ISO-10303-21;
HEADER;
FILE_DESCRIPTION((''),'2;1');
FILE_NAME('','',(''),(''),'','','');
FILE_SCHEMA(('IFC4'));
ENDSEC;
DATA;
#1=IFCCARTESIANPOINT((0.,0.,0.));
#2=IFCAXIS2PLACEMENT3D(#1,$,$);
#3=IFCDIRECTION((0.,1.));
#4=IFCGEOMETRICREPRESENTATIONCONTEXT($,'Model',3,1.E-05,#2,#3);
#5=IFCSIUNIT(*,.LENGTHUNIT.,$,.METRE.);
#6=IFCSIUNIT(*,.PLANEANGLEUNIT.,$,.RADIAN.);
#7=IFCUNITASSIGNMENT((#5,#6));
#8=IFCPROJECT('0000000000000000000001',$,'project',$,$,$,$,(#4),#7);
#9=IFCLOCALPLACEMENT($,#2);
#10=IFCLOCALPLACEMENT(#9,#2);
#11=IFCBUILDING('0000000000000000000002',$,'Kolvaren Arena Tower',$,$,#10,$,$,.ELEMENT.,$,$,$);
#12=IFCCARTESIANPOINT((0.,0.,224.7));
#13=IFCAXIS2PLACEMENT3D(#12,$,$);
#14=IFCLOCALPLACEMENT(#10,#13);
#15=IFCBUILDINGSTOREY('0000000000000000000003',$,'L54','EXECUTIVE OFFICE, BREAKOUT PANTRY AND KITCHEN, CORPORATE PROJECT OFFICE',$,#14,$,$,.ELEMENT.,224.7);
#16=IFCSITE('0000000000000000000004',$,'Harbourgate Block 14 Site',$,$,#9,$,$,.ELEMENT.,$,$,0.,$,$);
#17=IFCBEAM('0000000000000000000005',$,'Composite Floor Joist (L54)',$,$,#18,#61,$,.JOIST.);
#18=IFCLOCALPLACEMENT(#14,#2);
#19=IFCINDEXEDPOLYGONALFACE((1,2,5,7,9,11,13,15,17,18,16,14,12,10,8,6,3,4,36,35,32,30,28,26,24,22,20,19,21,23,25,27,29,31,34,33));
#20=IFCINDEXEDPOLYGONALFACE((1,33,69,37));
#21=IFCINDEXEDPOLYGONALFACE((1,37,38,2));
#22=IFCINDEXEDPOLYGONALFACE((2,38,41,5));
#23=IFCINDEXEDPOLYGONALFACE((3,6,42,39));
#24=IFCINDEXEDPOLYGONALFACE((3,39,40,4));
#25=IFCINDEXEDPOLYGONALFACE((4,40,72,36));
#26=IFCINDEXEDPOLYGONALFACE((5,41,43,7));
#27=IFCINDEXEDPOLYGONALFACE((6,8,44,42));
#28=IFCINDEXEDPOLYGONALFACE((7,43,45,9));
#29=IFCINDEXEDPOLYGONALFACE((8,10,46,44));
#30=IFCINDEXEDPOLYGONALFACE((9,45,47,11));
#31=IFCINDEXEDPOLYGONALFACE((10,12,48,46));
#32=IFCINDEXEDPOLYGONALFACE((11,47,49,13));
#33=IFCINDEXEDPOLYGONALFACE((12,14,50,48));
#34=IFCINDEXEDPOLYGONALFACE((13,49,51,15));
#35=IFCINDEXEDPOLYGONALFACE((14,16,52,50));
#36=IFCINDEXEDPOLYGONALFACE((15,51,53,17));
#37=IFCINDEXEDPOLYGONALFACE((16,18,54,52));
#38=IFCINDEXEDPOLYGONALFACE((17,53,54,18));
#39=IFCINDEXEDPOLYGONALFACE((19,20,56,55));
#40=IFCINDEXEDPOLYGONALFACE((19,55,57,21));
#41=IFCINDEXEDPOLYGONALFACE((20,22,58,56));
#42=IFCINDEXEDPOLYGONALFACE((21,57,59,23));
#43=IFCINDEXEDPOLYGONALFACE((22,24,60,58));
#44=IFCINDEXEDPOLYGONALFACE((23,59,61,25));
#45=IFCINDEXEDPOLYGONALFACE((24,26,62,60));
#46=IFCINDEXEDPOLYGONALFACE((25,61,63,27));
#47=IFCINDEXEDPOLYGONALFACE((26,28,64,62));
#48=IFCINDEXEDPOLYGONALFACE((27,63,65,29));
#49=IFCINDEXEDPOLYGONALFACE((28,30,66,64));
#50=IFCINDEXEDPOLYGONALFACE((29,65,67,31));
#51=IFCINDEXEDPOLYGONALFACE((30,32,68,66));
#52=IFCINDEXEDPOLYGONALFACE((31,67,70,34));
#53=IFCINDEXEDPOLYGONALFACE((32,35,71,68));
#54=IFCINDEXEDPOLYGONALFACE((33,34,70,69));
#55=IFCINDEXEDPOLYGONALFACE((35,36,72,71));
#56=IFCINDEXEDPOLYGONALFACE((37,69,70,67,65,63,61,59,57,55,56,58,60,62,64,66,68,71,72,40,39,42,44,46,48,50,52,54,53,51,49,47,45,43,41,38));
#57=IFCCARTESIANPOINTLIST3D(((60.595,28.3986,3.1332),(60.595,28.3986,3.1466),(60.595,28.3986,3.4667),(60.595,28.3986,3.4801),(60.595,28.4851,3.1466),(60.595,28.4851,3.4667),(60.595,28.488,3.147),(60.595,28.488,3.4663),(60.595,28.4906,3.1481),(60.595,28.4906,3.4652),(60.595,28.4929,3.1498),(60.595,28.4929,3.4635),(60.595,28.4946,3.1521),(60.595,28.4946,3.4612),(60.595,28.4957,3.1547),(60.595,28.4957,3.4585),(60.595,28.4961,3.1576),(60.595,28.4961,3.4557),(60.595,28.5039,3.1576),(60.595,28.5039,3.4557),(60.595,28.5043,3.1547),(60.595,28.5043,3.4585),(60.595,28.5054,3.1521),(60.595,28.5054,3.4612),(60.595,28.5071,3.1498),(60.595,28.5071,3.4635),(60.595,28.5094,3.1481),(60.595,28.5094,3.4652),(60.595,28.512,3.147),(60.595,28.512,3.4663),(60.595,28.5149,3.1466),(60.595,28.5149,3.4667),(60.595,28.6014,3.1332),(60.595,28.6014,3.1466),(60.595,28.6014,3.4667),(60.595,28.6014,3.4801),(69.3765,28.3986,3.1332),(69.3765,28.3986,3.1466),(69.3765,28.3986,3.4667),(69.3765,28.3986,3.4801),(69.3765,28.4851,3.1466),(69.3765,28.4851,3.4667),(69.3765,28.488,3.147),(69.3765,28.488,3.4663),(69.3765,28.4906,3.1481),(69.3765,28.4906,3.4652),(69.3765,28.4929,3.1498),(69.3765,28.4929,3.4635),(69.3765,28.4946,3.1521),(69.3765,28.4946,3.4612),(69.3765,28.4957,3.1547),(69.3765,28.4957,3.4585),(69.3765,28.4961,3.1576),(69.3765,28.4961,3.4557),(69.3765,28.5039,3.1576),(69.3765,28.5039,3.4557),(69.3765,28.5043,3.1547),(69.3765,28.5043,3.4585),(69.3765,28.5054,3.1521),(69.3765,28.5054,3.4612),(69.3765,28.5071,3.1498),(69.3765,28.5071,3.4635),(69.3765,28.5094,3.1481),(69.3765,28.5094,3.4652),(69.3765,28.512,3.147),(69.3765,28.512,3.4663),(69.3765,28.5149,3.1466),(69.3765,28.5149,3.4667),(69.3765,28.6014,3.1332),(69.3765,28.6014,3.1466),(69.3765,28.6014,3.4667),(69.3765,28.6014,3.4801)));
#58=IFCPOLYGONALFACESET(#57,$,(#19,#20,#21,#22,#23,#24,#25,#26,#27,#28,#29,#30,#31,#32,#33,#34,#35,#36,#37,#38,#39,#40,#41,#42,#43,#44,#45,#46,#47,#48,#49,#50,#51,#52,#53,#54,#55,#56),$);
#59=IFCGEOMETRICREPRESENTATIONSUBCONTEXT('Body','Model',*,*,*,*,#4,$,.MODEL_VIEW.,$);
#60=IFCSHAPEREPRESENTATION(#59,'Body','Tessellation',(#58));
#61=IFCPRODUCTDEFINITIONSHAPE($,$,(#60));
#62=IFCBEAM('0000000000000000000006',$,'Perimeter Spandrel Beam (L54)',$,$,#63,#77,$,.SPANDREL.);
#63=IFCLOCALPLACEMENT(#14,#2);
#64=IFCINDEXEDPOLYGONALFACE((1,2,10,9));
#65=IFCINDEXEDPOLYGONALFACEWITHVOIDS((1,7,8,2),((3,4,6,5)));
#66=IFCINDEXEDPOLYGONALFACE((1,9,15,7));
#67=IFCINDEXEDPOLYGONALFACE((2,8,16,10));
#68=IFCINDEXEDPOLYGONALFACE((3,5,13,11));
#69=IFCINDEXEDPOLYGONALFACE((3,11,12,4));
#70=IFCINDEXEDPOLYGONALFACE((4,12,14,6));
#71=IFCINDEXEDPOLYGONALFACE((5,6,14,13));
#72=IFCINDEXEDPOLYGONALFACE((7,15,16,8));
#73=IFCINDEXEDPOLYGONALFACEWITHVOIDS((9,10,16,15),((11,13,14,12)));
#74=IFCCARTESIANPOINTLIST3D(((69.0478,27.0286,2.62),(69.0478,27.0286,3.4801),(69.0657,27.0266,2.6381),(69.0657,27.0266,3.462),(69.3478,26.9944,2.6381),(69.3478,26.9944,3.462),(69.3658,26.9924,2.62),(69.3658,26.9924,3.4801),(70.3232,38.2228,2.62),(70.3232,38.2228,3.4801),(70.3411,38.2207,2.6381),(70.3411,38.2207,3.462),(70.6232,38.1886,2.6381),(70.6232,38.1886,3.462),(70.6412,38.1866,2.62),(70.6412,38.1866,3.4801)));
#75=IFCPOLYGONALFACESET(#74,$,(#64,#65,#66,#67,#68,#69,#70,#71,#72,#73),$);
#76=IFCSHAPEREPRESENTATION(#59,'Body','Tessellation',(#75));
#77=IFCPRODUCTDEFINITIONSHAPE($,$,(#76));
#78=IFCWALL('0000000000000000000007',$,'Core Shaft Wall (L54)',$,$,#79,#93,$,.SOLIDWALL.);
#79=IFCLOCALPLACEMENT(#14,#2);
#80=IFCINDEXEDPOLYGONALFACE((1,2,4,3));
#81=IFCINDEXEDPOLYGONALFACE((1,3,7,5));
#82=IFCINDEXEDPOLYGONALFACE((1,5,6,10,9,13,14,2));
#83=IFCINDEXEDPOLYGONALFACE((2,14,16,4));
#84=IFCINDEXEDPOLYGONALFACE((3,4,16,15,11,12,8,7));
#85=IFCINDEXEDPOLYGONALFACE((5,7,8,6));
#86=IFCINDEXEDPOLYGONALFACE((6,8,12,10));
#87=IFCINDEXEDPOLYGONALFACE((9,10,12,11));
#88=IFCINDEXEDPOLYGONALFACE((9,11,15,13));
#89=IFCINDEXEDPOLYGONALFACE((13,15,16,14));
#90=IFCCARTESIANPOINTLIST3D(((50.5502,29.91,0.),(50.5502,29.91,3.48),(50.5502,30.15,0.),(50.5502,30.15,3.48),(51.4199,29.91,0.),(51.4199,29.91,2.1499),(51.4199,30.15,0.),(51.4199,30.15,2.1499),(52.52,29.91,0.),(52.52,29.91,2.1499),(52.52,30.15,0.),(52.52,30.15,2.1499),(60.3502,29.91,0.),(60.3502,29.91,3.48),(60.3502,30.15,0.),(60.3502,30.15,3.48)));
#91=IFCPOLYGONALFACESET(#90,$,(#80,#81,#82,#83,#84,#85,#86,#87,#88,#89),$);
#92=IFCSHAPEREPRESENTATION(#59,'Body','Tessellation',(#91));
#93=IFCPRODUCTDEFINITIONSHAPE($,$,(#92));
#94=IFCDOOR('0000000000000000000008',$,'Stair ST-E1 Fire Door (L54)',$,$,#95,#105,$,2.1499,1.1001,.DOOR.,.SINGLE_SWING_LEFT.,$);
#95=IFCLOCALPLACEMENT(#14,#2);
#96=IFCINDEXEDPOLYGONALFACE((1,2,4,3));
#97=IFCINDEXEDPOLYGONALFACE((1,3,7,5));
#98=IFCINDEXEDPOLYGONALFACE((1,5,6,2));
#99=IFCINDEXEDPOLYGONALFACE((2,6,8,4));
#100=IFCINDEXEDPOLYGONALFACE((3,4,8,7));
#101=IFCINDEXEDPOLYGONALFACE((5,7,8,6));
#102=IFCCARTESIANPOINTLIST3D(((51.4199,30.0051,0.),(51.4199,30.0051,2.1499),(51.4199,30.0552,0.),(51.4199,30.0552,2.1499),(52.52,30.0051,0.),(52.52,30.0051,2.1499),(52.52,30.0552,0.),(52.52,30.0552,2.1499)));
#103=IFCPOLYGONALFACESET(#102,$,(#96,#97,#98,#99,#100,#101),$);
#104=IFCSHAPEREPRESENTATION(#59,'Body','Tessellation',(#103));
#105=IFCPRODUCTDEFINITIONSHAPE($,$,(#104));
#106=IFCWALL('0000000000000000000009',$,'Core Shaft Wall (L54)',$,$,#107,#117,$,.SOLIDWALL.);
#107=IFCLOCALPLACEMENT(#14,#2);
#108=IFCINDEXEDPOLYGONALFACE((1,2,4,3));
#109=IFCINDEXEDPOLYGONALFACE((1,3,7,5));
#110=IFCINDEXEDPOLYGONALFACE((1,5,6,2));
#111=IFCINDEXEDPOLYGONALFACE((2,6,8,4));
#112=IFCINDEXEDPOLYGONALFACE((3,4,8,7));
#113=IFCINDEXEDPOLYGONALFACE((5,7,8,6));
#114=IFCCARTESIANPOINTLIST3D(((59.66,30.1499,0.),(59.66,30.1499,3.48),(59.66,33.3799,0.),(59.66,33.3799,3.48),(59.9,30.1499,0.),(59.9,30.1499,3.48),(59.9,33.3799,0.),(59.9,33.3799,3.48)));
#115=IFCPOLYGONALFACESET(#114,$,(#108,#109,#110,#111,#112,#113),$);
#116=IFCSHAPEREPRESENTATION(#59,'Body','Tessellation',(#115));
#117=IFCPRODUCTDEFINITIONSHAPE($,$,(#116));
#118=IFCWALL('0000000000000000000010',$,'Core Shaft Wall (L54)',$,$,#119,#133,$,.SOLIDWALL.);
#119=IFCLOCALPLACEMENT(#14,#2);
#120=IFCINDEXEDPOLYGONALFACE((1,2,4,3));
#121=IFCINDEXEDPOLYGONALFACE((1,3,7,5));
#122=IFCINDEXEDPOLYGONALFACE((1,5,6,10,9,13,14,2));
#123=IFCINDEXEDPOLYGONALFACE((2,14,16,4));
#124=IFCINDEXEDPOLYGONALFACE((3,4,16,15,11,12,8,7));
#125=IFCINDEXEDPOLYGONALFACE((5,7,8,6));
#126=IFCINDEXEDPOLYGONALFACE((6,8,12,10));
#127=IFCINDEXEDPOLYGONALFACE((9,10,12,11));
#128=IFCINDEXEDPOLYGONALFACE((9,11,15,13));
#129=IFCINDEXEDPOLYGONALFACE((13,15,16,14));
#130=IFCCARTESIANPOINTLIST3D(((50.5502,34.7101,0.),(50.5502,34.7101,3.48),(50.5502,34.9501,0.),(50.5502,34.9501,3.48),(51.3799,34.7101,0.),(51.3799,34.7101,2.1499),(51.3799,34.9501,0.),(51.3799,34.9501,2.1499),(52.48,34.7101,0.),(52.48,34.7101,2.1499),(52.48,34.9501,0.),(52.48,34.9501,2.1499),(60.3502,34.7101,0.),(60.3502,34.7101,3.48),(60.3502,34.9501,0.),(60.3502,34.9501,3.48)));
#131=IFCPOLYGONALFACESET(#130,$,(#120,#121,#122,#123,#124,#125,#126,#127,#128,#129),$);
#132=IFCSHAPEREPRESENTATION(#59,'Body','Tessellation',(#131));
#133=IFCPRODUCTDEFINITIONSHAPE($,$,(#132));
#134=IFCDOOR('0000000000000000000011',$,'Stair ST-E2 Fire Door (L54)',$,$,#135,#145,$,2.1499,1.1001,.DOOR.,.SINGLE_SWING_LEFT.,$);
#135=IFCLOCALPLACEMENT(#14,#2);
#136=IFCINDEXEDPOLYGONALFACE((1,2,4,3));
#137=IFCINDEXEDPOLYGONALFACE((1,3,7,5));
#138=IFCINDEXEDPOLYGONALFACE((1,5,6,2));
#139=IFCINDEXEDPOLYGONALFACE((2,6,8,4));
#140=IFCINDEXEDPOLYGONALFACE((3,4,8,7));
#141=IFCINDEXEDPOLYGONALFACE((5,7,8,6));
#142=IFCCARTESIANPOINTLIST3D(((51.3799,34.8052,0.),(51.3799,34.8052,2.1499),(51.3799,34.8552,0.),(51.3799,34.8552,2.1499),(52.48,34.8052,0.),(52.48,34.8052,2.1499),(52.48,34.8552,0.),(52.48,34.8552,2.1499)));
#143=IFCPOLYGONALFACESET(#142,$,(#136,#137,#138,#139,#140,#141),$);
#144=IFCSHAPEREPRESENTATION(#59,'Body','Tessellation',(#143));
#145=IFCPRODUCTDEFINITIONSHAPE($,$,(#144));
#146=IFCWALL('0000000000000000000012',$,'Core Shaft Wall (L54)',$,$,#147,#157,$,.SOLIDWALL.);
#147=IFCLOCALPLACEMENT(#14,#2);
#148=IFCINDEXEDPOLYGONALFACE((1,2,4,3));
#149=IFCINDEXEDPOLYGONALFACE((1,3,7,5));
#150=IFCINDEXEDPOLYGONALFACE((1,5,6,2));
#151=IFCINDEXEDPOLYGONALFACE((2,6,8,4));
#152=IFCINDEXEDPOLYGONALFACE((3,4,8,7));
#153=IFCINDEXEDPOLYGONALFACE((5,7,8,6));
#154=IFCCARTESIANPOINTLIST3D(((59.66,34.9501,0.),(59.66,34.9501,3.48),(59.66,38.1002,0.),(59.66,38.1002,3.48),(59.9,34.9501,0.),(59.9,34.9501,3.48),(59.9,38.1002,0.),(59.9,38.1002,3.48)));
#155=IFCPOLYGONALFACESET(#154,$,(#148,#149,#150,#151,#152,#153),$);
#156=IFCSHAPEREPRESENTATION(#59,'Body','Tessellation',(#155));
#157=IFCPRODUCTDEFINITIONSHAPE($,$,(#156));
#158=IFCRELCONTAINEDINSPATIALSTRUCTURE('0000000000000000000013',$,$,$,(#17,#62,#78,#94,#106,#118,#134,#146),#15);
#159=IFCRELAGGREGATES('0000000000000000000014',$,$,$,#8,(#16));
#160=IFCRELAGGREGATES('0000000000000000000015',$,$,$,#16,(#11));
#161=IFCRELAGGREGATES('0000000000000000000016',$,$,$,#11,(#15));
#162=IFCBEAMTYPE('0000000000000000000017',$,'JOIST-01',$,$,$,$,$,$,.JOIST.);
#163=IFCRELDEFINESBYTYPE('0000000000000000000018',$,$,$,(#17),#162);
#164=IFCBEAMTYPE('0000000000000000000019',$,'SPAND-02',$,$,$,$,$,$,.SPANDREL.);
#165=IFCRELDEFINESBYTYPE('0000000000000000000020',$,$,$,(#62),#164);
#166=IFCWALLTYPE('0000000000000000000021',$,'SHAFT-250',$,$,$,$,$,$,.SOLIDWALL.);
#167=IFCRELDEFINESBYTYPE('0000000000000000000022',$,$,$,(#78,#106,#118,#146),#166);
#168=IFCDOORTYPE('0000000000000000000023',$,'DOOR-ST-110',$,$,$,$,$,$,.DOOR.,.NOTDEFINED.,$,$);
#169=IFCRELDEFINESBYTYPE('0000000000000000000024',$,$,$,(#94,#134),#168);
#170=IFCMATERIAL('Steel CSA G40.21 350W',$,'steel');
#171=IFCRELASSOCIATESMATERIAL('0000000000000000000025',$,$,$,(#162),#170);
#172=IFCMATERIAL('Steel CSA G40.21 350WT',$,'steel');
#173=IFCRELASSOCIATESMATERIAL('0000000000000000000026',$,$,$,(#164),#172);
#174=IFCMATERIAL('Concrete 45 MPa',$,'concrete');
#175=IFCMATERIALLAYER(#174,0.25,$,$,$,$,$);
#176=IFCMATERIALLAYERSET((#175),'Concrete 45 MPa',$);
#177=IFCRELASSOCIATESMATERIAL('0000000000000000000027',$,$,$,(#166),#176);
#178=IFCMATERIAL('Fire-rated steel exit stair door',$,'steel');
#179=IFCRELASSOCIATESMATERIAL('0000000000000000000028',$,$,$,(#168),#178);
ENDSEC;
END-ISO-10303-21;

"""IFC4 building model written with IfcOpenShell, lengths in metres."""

from ifc_helpers import new_model, si_unit, direction, frame, frame_2d, origin, origin_2d, place, context, subcontext, project, spatial, rectangle, hollow_rectangle, i_section, extrude, material, layer, layer_set, material_profile, profile_set, type_object, element, fill, save


model = new_model("IFC4")

# Units and contexts
model_context = context("Model", 3, precision=1e-05, world=origin(), true_north=direction((0.0, 1.0)))
body_context = subcontext(model_context, "Body", "Model", "MODEL_VIEW")
ifc_project = project(units=[si_unit("LENGTHUNIT", "METRE"), si_unit("PLANEANGLEUNIT", "RADIAN")], contexts=[model_context])

# Site, building, storey
site_placement = place(None, origin())
site = spatial("IfcSite", under=ifc_project, at=site_placement, Name="Harbourgate Block 14 Site", CompositionType="ELEMENT", RefElevation=0.0)
building_placement = place(site_placement, origin())
building = spatial("IfcBuilding", under=site, at=building_placement, Name="Kolvaren Arena Tower", CompositionType="ELEMENT")
storey_placement = place(building_placement, frame((0.0, 0.0, 224.7)))
storey = spatial("IfcBuildingStorey", under=building, at=storey_placement, Name="L54", Description="EXECUTIVE OFFICE, BREAKOUT PANTRY AND KITCHEN, CORPORATE PROJECT OFFICE", CompositionType="ELEMENT", Elevation=224.7)

# Beams
ifc_material_1 = material(Name="Steel CSA G40.21 350W", Category="steel")
ifc_material_profile_1 = material_profile(ifc_material_1, i_section(OverallWidth=0.2029, OverallDepth=0.3469, WebThickness=0.0078, FlangeThickness=0.0134, FilletRadius=0.011, at=origin_2d()), Name="W360x64")
ifc_profile_set_1 = profile_set([ifc_material_profile_1], Name="Steel CSA G40.21 350W")
beam_type_1 = type_object("IfcBeamType", Name="JOIST-01", PredefinedType="JOIST", material=ifc_profile_set_1)
beam_1_placement = place(storey_placement, frame((60.595, 28.5, 3.3066), z_axis=(1.0, 0.0, 0.0), x_axis=(0.0, 1.0, 0.0)))
element("IfcBeam", 1, at=beam_1_placement, inside=storey, type_object=beam_type_1, Name="Composite Floor Joist (L54)", PredefinedType="JOIST", context=body_context, shape_type="SweptSolid", body=[
    extrude(i_section(OverallWidth=0.2029, OverallDepth=0.3469, WebThickness=0.0078, FlangeThickness=0.0134, FilletRadius=0.011, at=origin_2d()), origin(), (0.0, 0.0, 1.0), 8.7815),
])
ifc_material_2 = material(Name="Steel CSA G40.21 350WT", Category="steel")
ifc_material_profile_2 = material_profile(ifc_material_2, hollow_rectangle(XDim=0.3201, YDim=0.8601, WallThickness=0.0181, at=origin_2d()), Name="HSS 860x320x18")
ifc_profile_set_2 = profile_set([ifc_material_profile_2], Name="Steel CSA G40.21 350WT")
beam_type_2 = type_object("IfcBeamType", Name="SPAND-02", PredefinedType="SPANDREL", material=ifc_profile_set_2)
beam_2_placement = place(storey_placement, frame((69.2068, 27.0105, 3.05), z_axis=(0.113202, 0.993572, 0.0), x_axis=(-0.993572, 0.113202, 0.0)))
element("IfcBeam", 2, at=beam_2_placement, inside=storey, type_object=beam_type_2, Name="Perimeter Spandrel Beam (L54)", PredefinedType="SPANDREL", context=body_context, shape_type="SweptSolid", body=[
    extrude(hollow_rectangle(XDim=0.3201, YDim=0.8601, WallThickness=0.0181, at=origin_2d()), origin(), (0.0, 0.0, 1.0), 11.2666),
])

# Wall, opening, door
ifc_material_3 = material(Name="Concrete 45 MPa", Category="concrete")
ifc_layer = layer(ifc_material_3, 0.25)
ifc_layer_set = layer_set([ifc_layer], Name="Concrete 45 MPa")
wall_type = type_object("IfcWallType", Name="SHAFT-250", PredefinedType="SOLIDWALL", material=ifc_layer_set)
wall_1_placement = place(storey_placement, frame((60.3501, 30.03, 0.0), z_axis=(0.0, 0.0, 1.0), x_axis=(-1.0, 0.0, 0.0)))
wall_1 = element("IfcWall", 3, at=wall_1_placement, inside=storey, type_object=wall_type, Name="Core Shaft Wall (L54)", PredefinedType="SOLIDWALL", context=body_context, shape_type="SweptSolid", body=[
    extrude(rectangle(XDim=9.8, YDim=0.24, at=frame_2d((4.8999, 0.0))), origin(), (0.0, 0.0, 1.0), 3.48),
])
opening_1_placement = place(wall_1_placement, frame((7.8301, 0.0, 0.0)))
opening_1 = element("IfcOpeningElement", 4, at=opening_1_placement, cuts=wall_1, PredefinedType="OPENING", context=body_context, shape_type="SweptSolid", body=[
    extrude(rectangle(XDim=1.1001, YDim=2.1499, at=frame_2d((0.55, 1.075))), frame((0.0, 0.1299, 0.0), z_axis=(0.0, -1.0, 0.0), x_axis=(1.0, 0.0, 0.0)), (0.0, 0.0, 1.0), 0.26),
])
ifc_material_4 = material(Name="Fire-rated steel exit stair door", Category="steel")
door_type_1 = type_object("IfcDoorType", Name="DOOR-ST-110", OperationType="NOTDEFINED", PredefinedType="DOOR", material=ifc_material_4)
door_1_placement = place(opening_1_placement, origin())
door_1 = element("IfcDoor", 5, at=door_1_placement, inside=storey, type_object=door_type_1, Name="Stair ST-E1 Fire Door (L54)", OperationType="SINGLE_SWING_LEFT", OverallHeight=2.1499, OverallWidth=1.1001, PredefinedType="DOOR", context=body_context, shape_type="SweptSolid", body=[
    extrude(rectangle(XDim=1.1001, YDim=2.1499, at=frame_2d((0.55, 1.075))), frame((0.0, 0.0249, 0.0), z_axis=(0.0, -1.0, 0.0), x_axis=(1.0, 0.0, 0.0)), (0.0, 0.0, 1.0), 0.05),
])
fill(opening_1, door_1)

# Wall
wall_2_placement = place(storey_placement, frame((59.78, 30.1499, 0.0), z_axis=(0.0, 0.0, 1.0), x_axis=(0.0, 1.0, 0.0)))
element("IfcWall", 6, at=wall_2_placement, inside=storey, type_object=wall_type, Name="Core Shaft Wall (L54)", PredefinedType="SOLIDWALL", context=body_context, shape_type="SweptSolid", body=[
    extrude(rectangle(XDim=3.23, YDim=0.24, at=frame_2d((1.615, 0.0))), origin(), (0.0, 0.0, 1.0), 3.48),
])

# Wall, opening, door
wall_3_placement = place(storey_placement, frame((60.3501, 34.8301, 0.0), z_axis=(0.0, 0.0, 1.0), x_axis=(-1.0, 0.0, 0.0)))
wall_3 = element("IfcWall", 7, at=wall_3_placement, inside=storey, type_object=wall_type, Name="Core Shaft Wall (L54)", PredefinedType="SOLIDWALL", context=body_context, shape_type="SweptSolid", body=[
    extrude(rectangle(XDim=9.8, YDim=0.24, at=frame_2d((4.8999, 0.0))), origin(), (0.0, 0.0, 1.0), 3.48),
])
opening_2_placement = place(wall_3_placement, frame((7.8701, 0.0, 0.0)))
opening_2 = element("IfcOpeningElement", 8, at=opening_2_placement, cuts=wall_3, PredefinedType="OPENING", context=body_context, shape_type="SweptSolid", body=[
    extrude(rectangle(XDim=1.1001, YDim=2.1499, at=frame_2d((0.55, 1.075))), frame((0.0, 0.1299, 0.0), z_axis=(0.0, -1.0, 0.0), x_axis=(1.0, 0.0, 0.0)), (0.0, 0.0, 1.0), 0.26),
])
door_2_placement = place(opening_2_placement, origin())
door_2 = element("IfcDoor", 9, at=door_2_placement, inside=storey, type_object=door_type_1, Name="Stair ST-E2 Fire Door (L54)", OperationType="SINGLE_SWING_LEFT", OverallHeight=2.1499, OverallWidth=1.1001, PredefinedType="DOOR", context=body_context, shape_type="SweptSolid", body=[
    extrude(rectangle(XDim=1.1001, YDim=2.1499, at=frame_2d((0.55, 1.075))), frame((0.0, 0.0249, 0.0), z_axis=(0.0, -1.0, 0.0), x_axis=(1.0, 0.0, 0.0)), (0.0, 0.0, 1.0), 0.05),
])
fill(opening_2, door_2)

# Wall
wall_4_placement = place(storey_placement, frame((59.78, 34.95, 0.0), z_axis=(0.0, 0.0, 1.0), x_axis=(0.0, 1.0, 0.0)))
element("IfcWall", 10, at=wall_4_placement, inside=storey, type_object=wall_type, Name="Core Shaft Wall (L54)", PredefinedType="SOLIDWALL", context=body_context, shape_type="SweptSolid", body=[
    extrude(rectangle(XDim=3.1501, YDim=0.24, at=frame_2d((1.5752, 0.0))), origin(), (0.0, 0.0, 1.0), 3.48),
])

save(model, "model.ifc")
